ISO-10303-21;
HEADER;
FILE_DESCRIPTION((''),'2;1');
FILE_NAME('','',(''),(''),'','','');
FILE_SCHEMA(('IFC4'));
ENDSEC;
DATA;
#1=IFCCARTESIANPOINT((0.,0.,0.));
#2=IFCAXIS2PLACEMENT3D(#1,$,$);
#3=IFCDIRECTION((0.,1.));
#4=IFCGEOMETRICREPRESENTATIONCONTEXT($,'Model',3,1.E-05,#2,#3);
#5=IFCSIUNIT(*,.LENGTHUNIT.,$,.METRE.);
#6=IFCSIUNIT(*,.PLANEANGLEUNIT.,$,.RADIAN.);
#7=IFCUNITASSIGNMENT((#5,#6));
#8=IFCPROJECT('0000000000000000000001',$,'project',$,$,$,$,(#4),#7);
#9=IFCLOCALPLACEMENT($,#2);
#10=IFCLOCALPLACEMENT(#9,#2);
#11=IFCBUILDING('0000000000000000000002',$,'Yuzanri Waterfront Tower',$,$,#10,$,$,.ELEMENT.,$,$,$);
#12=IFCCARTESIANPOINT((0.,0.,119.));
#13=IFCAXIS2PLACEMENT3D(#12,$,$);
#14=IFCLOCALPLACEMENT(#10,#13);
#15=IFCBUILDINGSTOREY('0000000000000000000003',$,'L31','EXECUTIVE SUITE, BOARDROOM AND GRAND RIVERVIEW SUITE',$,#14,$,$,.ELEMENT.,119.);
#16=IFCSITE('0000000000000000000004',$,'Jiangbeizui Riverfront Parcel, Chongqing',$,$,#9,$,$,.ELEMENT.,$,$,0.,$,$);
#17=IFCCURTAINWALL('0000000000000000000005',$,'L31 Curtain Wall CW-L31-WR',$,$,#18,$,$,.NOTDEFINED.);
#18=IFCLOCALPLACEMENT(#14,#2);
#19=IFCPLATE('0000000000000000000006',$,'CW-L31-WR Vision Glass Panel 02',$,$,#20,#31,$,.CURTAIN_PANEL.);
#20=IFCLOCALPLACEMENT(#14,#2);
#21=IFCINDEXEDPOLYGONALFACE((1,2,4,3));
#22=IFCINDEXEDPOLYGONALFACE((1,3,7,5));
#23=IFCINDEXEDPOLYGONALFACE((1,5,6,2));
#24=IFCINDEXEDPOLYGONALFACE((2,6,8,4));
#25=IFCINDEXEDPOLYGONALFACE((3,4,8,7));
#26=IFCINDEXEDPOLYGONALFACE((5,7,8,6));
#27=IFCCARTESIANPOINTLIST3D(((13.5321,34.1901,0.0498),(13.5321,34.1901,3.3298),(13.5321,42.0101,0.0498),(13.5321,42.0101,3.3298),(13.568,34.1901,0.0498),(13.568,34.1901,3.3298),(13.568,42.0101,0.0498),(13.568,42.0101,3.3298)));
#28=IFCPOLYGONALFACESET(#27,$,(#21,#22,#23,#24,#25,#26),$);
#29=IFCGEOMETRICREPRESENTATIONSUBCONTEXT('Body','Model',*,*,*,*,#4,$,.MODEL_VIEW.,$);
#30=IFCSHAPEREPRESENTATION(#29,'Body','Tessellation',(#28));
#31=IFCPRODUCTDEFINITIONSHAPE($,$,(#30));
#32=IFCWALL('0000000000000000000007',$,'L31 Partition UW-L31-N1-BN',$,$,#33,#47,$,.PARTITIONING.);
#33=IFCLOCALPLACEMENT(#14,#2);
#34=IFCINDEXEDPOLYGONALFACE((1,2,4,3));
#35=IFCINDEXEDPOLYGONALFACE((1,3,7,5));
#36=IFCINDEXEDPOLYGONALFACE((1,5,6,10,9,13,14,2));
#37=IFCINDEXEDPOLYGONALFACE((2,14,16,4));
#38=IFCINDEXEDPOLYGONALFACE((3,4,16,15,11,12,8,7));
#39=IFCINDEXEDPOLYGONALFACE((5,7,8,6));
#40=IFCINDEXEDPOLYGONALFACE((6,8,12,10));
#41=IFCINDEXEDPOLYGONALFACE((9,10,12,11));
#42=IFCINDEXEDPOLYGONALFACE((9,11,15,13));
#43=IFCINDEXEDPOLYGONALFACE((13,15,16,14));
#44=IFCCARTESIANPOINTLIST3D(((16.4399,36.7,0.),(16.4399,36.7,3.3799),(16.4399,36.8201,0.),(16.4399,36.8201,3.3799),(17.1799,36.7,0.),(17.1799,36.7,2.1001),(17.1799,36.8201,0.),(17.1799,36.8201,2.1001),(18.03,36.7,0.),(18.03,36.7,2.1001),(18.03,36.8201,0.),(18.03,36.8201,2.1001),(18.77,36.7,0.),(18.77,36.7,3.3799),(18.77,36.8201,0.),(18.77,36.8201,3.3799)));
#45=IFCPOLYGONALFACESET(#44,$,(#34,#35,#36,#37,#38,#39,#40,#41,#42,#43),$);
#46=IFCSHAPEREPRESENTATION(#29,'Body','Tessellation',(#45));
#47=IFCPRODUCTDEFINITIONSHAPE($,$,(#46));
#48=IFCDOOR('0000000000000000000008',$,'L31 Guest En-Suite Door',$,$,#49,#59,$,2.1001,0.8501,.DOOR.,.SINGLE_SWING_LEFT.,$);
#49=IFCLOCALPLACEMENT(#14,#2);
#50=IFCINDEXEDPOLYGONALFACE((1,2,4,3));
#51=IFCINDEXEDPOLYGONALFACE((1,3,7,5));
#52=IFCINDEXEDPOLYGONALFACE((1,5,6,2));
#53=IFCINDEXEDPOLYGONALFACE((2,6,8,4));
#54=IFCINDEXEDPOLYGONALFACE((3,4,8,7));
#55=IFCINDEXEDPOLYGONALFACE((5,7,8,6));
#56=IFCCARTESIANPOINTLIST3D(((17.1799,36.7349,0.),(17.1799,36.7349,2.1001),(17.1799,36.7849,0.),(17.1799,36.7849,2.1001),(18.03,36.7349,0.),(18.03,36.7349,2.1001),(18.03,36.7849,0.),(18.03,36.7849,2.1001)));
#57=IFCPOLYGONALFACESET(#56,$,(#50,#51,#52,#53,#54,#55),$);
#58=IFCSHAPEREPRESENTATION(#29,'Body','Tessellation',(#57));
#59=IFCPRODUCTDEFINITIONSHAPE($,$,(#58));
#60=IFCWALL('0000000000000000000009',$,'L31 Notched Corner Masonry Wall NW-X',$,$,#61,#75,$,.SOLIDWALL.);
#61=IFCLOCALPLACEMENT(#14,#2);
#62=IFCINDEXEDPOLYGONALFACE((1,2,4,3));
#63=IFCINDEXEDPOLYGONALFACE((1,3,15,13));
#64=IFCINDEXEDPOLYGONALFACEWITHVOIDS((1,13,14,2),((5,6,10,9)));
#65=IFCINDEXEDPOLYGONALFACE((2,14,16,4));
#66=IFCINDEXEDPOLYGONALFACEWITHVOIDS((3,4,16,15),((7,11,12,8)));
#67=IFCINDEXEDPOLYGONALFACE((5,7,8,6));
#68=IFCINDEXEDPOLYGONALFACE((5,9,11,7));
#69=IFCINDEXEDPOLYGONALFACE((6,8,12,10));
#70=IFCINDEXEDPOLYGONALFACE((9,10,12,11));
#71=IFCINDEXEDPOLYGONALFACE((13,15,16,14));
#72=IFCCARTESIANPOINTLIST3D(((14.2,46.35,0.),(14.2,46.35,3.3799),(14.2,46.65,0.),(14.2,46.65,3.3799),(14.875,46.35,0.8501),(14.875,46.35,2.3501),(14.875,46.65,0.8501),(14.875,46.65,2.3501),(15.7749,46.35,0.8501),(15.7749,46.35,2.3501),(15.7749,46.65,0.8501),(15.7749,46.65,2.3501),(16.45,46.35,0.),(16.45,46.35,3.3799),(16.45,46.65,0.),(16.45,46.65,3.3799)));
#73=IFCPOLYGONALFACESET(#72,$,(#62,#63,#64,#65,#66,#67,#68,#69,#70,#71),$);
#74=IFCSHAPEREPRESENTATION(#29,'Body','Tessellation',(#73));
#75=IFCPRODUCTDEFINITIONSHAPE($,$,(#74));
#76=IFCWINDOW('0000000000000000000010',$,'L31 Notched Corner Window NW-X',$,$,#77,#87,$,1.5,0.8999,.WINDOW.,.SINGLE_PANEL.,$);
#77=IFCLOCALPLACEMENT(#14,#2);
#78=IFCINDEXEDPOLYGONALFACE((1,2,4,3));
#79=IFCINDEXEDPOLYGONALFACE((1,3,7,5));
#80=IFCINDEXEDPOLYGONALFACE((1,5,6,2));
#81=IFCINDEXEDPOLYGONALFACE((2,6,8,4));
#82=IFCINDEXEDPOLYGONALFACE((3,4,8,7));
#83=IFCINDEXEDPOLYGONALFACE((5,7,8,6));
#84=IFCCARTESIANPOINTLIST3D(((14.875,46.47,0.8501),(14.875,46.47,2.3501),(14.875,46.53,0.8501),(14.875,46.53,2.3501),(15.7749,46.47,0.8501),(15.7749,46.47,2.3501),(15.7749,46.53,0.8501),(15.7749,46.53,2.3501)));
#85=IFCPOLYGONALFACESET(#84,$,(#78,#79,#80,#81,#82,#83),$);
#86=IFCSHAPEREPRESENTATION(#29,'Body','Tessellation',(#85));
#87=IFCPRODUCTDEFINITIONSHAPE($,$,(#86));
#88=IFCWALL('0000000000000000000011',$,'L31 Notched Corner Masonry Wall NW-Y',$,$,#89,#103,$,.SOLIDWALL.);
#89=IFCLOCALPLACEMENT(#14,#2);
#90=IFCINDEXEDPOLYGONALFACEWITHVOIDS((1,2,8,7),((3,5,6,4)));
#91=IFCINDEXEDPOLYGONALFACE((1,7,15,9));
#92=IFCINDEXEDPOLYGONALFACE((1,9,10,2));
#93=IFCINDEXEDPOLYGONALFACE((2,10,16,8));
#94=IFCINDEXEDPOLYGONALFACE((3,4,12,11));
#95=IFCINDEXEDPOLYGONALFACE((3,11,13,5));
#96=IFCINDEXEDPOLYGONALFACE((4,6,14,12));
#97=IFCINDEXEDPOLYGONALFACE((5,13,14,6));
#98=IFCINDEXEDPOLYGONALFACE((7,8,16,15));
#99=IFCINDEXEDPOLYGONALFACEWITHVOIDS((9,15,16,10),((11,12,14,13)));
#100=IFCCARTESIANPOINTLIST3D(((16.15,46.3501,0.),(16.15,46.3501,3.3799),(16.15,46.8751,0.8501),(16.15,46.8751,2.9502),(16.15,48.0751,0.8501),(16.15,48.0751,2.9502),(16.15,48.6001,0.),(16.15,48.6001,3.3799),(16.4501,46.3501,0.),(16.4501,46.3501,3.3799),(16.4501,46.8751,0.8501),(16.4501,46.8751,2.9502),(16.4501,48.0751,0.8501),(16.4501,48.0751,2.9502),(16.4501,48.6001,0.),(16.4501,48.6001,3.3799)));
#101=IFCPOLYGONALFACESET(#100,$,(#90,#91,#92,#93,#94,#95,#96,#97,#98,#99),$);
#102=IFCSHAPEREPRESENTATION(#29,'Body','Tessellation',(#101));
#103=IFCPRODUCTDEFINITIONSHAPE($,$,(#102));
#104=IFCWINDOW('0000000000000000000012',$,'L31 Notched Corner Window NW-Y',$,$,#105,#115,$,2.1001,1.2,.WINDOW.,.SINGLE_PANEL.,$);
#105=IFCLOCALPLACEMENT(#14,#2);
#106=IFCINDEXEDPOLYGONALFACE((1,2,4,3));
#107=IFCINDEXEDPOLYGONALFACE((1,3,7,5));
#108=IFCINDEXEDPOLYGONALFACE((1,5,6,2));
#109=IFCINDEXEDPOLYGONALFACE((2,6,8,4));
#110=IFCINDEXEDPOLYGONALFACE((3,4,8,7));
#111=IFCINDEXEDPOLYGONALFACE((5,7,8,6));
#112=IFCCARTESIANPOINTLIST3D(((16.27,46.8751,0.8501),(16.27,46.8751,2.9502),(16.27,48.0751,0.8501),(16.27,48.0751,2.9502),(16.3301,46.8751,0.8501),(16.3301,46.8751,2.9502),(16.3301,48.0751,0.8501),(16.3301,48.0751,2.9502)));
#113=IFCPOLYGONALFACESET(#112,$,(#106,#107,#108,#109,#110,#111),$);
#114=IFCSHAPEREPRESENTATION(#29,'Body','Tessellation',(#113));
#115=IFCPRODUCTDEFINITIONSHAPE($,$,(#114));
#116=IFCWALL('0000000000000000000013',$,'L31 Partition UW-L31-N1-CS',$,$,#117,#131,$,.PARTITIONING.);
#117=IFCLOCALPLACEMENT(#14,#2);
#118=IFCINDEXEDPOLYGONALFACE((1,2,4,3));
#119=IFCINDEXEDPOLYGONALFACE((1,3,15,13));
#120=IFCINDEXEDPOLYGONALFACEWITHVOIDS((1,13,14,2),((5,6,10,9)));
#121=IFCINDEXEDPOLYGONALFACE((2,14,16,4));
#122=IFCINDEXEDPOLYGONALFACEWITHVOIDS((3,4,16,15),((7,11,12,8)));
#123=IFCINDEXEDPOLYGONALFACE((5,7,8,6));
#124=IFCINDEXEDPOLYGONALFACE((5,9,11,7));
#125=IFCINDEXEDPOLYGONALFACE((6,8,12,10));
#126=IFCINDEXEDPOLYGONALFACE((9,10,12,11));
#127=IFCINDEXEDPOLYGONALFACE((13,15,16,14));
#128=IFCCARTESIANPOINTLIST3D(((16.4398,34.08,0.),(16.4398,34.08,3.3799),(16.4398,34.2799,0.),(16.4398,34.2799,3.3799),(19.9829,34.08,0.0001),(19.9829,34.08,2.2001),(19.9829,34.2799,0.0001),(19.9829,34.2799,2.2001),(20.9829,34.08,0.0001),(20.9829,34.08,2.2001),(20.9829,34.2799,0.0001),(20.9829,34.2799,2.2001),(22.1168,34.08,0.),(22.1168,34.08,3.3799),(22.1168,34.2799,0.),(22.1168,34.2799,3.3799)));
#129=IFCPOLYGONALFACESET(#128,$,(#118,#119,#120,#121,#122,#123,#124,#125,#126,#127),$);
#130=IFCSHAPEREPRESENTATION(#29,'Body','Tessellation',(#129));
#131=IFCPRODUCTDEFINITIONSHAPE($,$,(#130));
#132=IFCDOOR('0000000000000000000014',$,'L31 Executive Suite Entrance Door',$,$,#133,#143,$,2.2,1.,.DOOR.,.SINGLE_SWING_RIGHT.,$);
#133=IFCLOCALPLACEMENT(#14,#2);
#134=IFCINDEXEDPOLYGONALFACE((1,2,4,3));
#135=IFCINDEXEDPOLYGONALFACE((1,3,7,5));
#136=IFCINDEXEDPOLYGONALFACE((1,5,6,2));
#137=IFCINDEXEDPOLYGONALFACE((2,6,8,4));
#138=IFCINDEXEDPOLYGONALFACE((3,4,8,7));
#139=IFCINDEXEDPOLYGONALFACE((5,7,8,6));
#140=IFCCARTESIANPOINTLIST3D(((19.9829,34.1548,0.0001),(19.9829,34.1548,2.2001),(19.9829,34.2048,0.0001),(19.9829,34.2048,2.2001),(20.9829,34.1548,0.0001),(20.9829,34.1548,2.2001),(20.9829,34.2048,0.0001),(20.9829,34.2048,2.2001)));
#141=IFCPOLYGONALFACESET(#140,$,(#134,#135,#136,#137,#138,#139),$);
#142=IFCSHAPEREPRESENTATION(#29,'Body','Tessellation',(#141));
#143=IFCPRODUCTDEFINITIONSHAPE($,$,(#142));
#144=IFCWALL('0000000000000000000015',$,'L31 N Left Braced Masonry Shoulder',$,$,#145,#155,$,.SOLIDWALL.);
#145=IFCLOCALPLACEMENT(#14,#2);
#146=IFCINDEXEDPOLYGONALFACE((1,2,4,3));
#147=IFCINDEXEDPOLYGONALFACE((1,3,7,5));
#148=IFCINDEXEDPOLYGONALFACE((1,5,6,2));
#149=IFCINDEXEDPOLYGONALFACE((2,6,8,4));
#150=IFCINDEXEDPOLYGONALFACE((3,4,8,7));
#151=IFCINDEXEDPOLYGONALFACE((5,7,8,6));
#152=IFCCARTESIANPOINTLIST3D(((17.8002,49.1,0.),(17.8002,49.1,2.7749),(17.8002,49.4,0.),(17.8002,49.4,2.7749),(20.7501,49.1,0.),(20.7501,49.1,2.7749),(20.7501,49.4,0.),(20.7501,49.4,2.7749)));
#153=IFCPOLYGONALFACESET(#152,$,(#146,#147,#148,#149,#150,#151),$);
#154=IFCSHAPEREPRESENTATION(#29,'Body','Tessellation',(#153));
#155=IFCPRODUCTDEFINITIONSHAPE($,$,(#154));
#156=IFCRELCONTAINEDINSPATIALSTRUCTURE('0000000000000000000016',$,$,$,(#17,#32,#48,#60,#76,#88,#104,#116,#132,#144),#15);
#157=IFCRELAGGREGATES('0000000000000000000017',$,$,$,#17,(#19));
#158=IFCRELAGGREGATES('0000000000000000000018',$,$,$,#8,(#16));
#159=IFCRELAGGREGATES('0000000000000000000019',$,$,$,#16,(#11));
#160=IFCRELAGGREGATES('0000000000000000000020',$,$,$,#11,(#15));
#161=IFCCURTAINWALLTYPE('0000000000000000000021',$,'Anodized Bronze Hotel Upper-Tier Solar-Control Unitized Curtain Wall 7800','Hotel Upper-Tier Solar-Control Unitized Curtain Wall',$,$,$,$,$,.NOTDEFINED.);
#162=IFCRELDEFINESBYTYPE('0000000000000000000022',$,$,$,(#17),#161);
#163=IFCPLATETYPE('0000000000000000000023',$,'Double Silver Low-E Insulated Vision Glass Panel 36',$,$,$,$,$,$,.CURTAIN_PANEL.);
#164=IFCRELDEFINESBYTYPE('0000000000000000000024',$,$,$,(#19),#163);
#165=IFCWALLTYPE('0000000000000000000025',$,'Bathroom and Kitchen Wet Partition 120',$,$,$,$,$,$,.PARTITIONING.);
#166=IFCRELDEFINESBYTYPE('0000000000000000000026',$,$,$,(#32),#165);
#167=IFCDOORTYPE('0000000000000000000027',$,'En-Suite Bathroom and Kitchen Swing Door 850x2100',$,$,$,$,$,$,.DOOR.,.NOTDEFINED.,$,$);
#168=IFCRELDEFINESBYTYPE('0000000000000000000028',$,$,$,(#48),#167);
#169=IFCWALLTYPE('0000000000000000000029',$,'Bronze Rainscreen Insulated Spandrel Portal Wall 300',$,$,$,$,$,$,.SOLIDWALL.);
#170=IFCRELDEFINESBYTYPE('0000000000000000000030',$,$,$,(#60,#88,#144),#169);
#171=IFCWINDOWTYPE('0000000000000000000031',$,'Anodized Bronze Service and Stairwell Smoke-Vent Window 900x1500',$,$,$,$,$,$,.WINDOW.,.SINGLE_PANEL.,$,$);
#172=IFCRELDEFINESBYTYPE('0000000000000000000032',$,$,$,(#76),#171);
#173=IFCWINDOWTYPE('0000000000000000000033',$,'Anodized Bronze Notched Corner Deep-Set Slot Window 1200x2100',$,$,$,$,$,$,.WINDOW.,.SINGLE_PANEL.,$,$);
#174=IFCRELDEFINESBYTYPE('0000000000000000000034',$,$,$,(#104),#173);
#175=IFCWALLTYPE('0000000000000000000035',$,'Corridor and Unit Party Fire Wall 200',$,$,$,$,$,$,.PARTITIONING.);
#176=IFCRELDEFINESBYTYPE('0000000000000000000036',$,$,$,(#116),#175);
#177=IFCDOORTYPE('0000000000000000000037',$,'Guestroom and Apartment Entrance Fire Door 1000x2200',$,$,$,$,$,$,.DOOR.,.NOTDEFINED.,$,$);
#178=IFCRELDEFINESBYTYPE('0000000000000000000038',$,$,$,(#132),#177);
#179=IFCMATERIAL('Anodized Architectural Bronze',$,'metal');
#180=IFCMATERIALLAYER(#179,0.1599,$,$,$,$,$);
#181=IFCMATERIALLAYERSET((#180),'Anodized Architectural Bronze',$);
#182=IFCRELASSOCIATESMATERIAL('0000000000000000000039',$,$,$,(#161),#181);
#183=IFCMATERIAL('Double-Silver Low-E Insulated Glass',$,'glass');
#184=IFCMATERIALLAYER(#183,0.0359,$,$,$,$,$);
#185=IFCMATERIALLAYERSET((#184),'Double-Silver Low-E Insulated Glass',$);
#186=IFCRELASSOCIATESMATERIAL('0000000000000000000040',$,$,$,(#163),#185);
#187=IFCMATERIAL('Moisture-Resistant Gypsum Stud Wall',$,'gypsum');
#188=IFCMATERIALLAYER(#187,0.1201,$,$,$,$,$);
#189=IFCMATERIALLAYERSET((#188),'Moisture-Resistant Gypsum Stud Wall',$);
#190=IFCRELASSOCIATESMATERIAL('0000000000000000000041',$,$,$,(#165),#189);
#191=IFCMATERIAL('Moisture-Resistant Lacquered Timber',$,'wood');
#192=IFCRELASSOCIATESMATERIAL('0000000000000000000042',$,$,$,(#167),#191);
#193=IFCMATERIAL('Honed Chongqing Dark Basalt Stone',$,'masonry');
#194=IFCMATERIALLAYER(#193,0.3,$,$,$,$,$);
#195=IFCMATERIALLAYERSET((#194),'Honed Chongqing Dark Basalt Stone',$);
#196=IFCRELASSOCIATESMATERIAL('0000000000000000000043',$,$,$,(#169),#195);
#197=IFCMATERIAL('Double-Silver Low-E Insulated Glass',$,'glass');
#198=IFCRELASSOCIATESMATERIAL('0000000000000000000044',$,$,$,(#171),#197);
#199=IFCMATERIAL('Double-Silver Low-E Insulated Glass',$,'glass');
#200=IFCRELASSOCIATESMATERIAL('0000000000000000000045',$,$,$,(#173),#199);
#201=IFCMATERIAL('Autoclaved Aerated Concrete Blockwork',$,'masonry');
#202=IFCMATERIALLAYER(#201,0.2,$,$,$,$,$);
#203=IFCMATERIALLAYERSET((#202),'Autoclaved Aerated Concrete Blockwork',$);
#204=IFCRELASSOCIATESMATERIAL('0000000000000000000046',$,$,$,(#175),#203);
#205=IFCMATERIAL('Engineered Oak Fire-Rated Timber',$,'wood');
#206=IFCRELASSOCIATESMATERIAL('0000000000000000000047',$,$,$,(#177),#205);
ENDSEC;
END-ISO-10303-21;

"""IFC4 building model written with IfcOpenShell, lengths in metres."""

from ifc_helpers import new_model, si_unit, direction, frame, frame_2d, origin, origin_2d, place, context, subcontext, project, spatial, rectangle, extrude, source, transform, mapped, material, layer, layer_set, type_object, element, fill, aggregate, save


model = new_model("IFC4")

# Units and contexts
model_context = context("Model", 3, precision=1e-05, world=origin(), true_north=direction((0.0, 1.0)))
body_context = subcontext(model_context, "Body", "Model", "MODEL_VIEW")
ifc_project = project(units=[si_unit("LENGTHUNIT", "METRE"), si_unit("PLANEANGLEUNIT", "RADIAN")], contexts=[model_context])

# Site, building, storey
site_placement = place(None, origin())
site = spatial("IfcSite", under=ifc_project, at=site_placement, Name="Jiangbeizui Riverfront Parcel, Chongqing", CompositionType="ELEMENT", RefElevation=0.0)
building_placement = place(site_placement, origin())
building = spatial("IfcBuilding", under=site, at=building_placement, Name="Yuzanri Waterfront Tower", CompositionType="ELEMENT")
storey_placement = place(building_placement, frame((0.0, 0.0, 119.0)))
storey = spatial("IfcBuildingStorey", under=building, at=storey_placement, Name="L31", Description="EXECUTIVE SUITE, BOARDROOM AND GRAND RIVERVIEW SUITE", CompositionType="ELEMENT", Elevation=119.0)

# Curtain wall
ifc_material_1 = material(Name="Anodized Architectural Bronze", Category="metal")
ifc_layer_1 = layer(ifc_material_1, 0.1599)
ifc_layer_set_1 = layer_set([ifc_layer_1], Name="Anodized Architectural Bronze")
curtain_wall_type = type_object("IfcCurtainWallType", Name="Anodized Bronze Hotel Upper-Tier Solar-Control Unitized Curtain Wall 7800", Description="Hotel Upper-Tier Solar-Control Unitized Curtain Wall", PredefinedType="NOTDEFINED", material=ifc_layer_set_1)
curtain_wall_1_placement = place(storey_placement, origin())
curtain_wall_1 = element("IfcCurtainWall", 1, at=curtain_wall_1_placement, inside=storey, type_object=curtain_wall_type, Name="L31 Curtain Wall CW-L31-WR", PredefinedType="NOTDEFINED")

# Plate
ifc_material_2 = material(Name="Double-Silver Low-E Insulated Glass", Category="glass")
ifc_layer_2 = layer(ifc_material_2, 0.0359)
ifc_layer_set_2 = layer_set([ifc_layer_2], Name="Double-Silver Low-E Insulated Glass")
plate_type_1 = type_object("IfcPlateType", Name="Double Silver Low-E Insulated Vision Glass Panel 36", PredefinedType="CURTAIN_PANEL", material=ifc_layer_set_2)
shared_shape_1 = source(origin(), body_context, "Body", "SweptSolid", [
    extrude(rectangle(XDim=7.8201, YDim=0.0359, at=origin_2d()), origin(), (0.0, 0.0, 1.0), 3.28),
])
plate_placement = place(storey_placement, frame((13.55, 38.1001, 0.0498), z_axis=(0.0, 0.0, 1.0), x_axis=(0.0, 1.0, 0.0)))
plate = element("IfcPlate", 2, at=plate_placement, type_object=plate_type_1, Name="CW-L31-WR Vision Glass Panel 02", PredefinedType="CURTAIN_PANEL", context=body_context, shape_type="MappedRepresentation", body=[
    mapped(shared_shape_1, transform((0.0, 0.0, 0.0), scale=1.0)),
])
aggregate(curtain_wall_1, [plate])

# Wall, opening, door
ifc_material_3 = material(Name="Moisture-Resistant Gypsum Stud Wall", Category="gypsum")
ifc_layer_3 = layer(ifc_material_3, 0.1201)
ifc_layer_set_3 = layer_set([ifc_layer_3], Name="Moisture-Resistant Gypsum Stud Wall")
wall_type_1 = type_object("IfcWallType", Name="Bathroom and Kitchen Wet Partition 120", PredefinedType="PARTITIONING", material=ifc_layer_set_3)
wall_1_placement = place(storey_placement, frame((16.4399, 36.76, 0.0), z_axis=(0.0, 0.0, 1.0), x_axis=(1.0, 0.0, 0.0)))
wall_1 = element("IfcWall", 3, at=wall_1_placement, inside=storey, type_object=wall_type_1, Name="L31 Partition UW-L31-N1-BN", PredefinedType="PARTITIONING", context=body_context, shape_type="SweptSolid", body=[
    extrude(rectangle(XDim=2.3301, YDim=0.1201, at=frame_2d((1.165, 0.0))), origin(), (0.0, 0.0, 1.0), 3.3799),
])
opening_1_placement = place(wall_1_placement, frame((0.74, 0.0, 0.0)))
opening_1 = element("IfcOpeningElement", 4, at=opening_1_placement, cuts=wall_1, PredefinedType="OPENING", context=body_context, shape_type="SweptSolid", body=[
    extrude(rectangle(XDim=0.8501, YDim=2.1001, at=frame_2d((0.425, 1.05))), frame((0.0, 0.075, 0.0), z_axis=(0.0, -1.0, 0.0), x_axis=(1.0, 0.0, 0.0)), (0.0, 0.0, 1.0), 0.1499),
])
ifc_material_4 = material(Name="Moisture-Resistant Lacquered Timber", Category="wood")
door_type_1 = type_object("IfcDoorType", Name="En-Suite Bathroom and Kitchen Swing Door 850x2100", OperationType="NOTDEFINED", PredefinedType="DOOR", material=ifc_material_4)
shared_shape_2 = source(origin(), body_context, "Body", "SweptSolid", [
    extrude(rectangle(XDim=0.8501, YDim=2.1001, at=frame_2d((0.425, 1.05))), frame((0.0, 0.0249, 0.0), z_axis=(0.0, -1.0, 0.0), x_axis=(1.0, 0.0, 0.0)), (0.0, 0.0, 1.0), 0.05),
])
door_1_placement = place(opening_1_placement, origin())
door_1 = element("IfcDoor", 5, at=door_1_placement, inside=storey, type_object=door_type_1, Name="L31 Guest En-Suite Door", OperationType="SINGLE_SWING_LEFT", OverallHeight=2.1001, OverallWidth=0.8501, PredefinedType="DOOR", context=body_context, shape_type="MappedRepresentation", body=[
    mapped(shared_shape_2, transform((0.0, 0.0, 0.0), scale=1.0)),
])
fill(opening_1, door_1)

# Walls, openings, windows
ifc_material_5 = material(Name="Honed Chongqing Dark Basalt Stone", Category="masonry")
ifc_layer_4 = layer(ifc_material_5, 0.3)
ifc_layer_set_4 = layer_set([ifc_layer_4], Name="Honed Chongqing Dark Basalt Stone")
wall_type_2 = type_object("IfcWallType", Name="Bronze Rainscreen Insulated Spandrel Portal Wall 300", PredefinedType="SOLIDWALL", material=ifc_layer_set_4)
wall_2_placement = place(storey_placement, frame((16.45, 46.5, 0.0), z_axis=(0.0, 0.0, 1.0), x_axis=(-1.0, 0.0, 0.0)))
wall_2 = element("IfcWall", 6, at=wall_2_placement, inside=storey, type_object=wall_type_2, Name="L31 Notched Corner Masonry Wall NW-X", PredefinedType="SOLIDWALL", context=body_context, shape_type="SweptSolid", body=[
    extrude(rectangle(XDim=2.25, YDim=0.3, at=frame_2d((1.125, 0.0))), origin(), (0.0, 0.0, 1.0), 3.3799),
])
opening_2_placement = place(wall_2_placement, frame((0.675, 0.0, 0.8501)))
opening_2 = element("IfcOpeningElement", 7, at=opening_2_placement, cuts=wall_2, PredefinedType="OPENING", context=body_context, shape_type="SweptSolid", body=[
    extrude(rectangle(XDim=0.8999, YDim=1.5, at=frame_2d((0.45, 0.75))), frame((0.0, 0.165, 0.0), z_axis=(0.0, -1.0, 0.0), x_axis=(1.0, 0.0, 0.0)), (0.0, 0.0, 1.0), 0.3298),
])
ifc_material_6 = material(Name="Double-Silver Low-E Insulated Glass", Category="glass")
window_type_1 = type_object("IfcWindowType", Name="Anodized Bronze Service and Stairwell Smoke-Vent Window 900x1500", PartitioningType="SINGLE_PANEL", PredefinedType="WINDOW", material=ifc_material_6)
shared_shape_3 = source(origin(), body_context, "Body", "SweptSolid", [
    extrude(rectangle(XDim=0.8999, YDim=1.5, at=frame_2d((0.45, 0.75))), frame((0.0, 0.03, 0.0), z_axis=(0.0, -1.0, 0.0), x_axis=(1.0, 0.0, 0.0)), (0.0, 0.0, 1.0), 0.0601),
])
window_1_placement = place(opening_2_placement, origin())
window_1 = element("IfcWindow", 8, at=window_1_placement, inside=storey, type_object=window_type_1, Name="L31 Notched Corner Window NW-X", OverallHeight=1.5, OverallWidth=0.8999, PartitioningType="SINGLE_PANEL", PredefinedType="WINDOW", context=body_context, shape_type="MappedRepresentation", body=[
    mapped(shared_shape_3, transform((0.0, 0.0, 0.0), scale=1.0)),
])
fill(opening_2, window_1)
wall_3_placement = place(storey_placement, frame((16.3, 48.6001, 0.0), z_axis=(0.0, 0.0, 1.0), x_axis=(0.0, -1.0, 0.0)))
wall_3 = element("IfcWall", 9, at=wall_3_placement, inside=storey, type_object=wall_type_2, Name="L31 Notched Corner Masonry Wall NW-Y", PredefinedType="SOLIDWALL", context=body_context, shape_type="SweptSolid", body=[
    extrude(rectangle(XDim=2.25, YDim=0.3, at=frame_2d((1.125, 0.0))), origin(), (0.0, 0.0, 1.0), 3.3799),
])
opening_3_placement = place(wall_3_placement, frame((0.5249, 0.0, 0.8501)))
opening_3 = element("IfcOpeningElement", 10, at=opening_3_placement, cuts=wall_3, PredefinedType="OPENING", context=body_context, shape_type="SweptSolid", body=[
    extrude(rectangle(XDim=1.2, YDim=2.1001, at=frame_2d((0.6001, 1.05))), frame((0.0, 0.165, 0.0), z_axis=(0.0, -1.0, 0.0), x_axis=(1.0, 0.0, 0.0)), (0.0, 0.0, 1.0), 0.3298),
])
ifc_material_7 = material(Name="Double-Silver Low-E Insulated Glass", Category="glass")
window_type_2 = type_object("IfcWindowType", Name="Anodized Bronze Notched Corner Deep-Set Slot Window 1200x2100", PartitioningType="SINGLE_PANEL", PredefinedType="WINDOW", material=ifc_material_7)
shared_shape_4 = source(origin(), body_context, "Body", "SweptSolid", [
    extrude(rectangle(XDim=1.2, YDim=2.1001, at=frame_2d((0.6001, 1.05))), frame((0.0, 0.03, 0.0), z_axis=(0.0, -1.0, 0.0), x_axis=(1.0, 0.0, 0.0)), (0.0, 0.0, 1.0), 0.0601),
])
window_2_placement = place(opening_3_placement, origin())
window_2 = element("IfcWindow", 11, at=window_2_placement, inside=storey, type_object=window_type_2, Name="L31 Notched Corner Window NW-Y", OverallHeight=2.1001, OverallWidth=1.2, PartitioningType="SINGLE_PANEL", PredefinedType="WINDOW", context=body_context, shape_type="MappedRepresentation", body=[
    mapped(shared_shape_4, transform((0.0, 0.0, 0.0), scale=1.0)),
])
fill(opening_3, window_2)

# Wall, opening, door
ifc_material_8 = material(Name="Autoclaved Aerated Concrete Blockwork", Category="masonry")
ifc_layer_5 = layer(ifc_material_8, 0.2)
ifc_layer_set_5 = layer_set([ifc_layer_5], Name="Autoclaved Aerated Concrete Blockwork")
wall_type_3 = type_object("IfcWallType", Name="Corridor and Unit Party Fire Wall 200", PredefinedType="PARTITIONING", material=ifc_layer_set_5)
wall_4_placement = place(storey_placement, frame((16.4399, 34.1799, 0.0), z_axis=(0.0, 0.0, 1.0), x_axis=(1.0, 0.0, 0.0)))
wall_4 = element("IfcWall", 12, at=wall_4_placement, inside=storey, type_object=wall_type_3, Name="L31 Partition UW-L31-N1-CS", PredefinedType="PARTITIONING", context=body_context, shape_type="SweptSolid", body=[
    extrude(rectangle(XDim=5.677, YDim=0.2, at=frame_2d((2.8384, 0.0))), origin(), (0.0, 0.0, 1.0), 3.3799),
])
opening_4_placement = place(wall_4_placement, frame((3.543, 0.0, 0.0)))
opening_4 = element("IfcOpeningElement", 13, at=opening_4_placement, cuts=wall_4, PredefinedType="OPENING", context=body_context, shape_type="SweptSolid", body=[
    extrude(rectangle(XDim=1.0, YDim=2.2, at=frame_2d((0.5, 1.1001))), frame((0.0, 0.1147, 0.0), z_axis=(0.0, -1.0, 0.0), x_axis=(1.0, 0.0, 0.0)), (0.0, 0.0, 1.0), 0.2297),
])
ifc_material_9 = material(Name="Engineered Oak Fire-Rated Timber", Category="wood")
door_type_2 = type_object("IfcDoorType", Name="Guestroom and Apartment Entrance Fire Door 1000x2200", OperationType="NOTDEFINED", PredefinedType="DOOR", material=ifc_material_9)
shared_shape_5 = source(origin(), body_context, "Body", "SweptSolid", [
    extrude(rectangle(XDim=1.0, YDim=2.2, at=frame_2d((0.5, 1.1001))), frame((0.0, 0.0249, 0.0), z_axis=(0.0, -1.0, 0.0), x_axis=(1.0, 0.0, 0.0)), (0.0, 0.0, 1.0), 0.05),
])
door_2_placement = place(opening_4_placement, origin())
door_2 = element("IfcDoor", 14, at=door_2_placement, inside=storey, type_object=door_type_2, Name="L31 Executive Suite Entrance Door", OperationType="SINGLE_SWING_RIGHT", OverallHeight=2.2, OverallWidth=1.0, PredefinedType="DOOR", context=body_context, shape_type="MappedRepresentation", body=[
    mapped(shared_shape_5, transform((0.0, 0.0, 0.0), scale=1.0)),
])
fill(opening_4, door_2)

# Wall
shared_shape_6 = source(origin(), body_context, "Body", "SweptSolid", [
    extrude(rectangle(XDim=2.95, YDim=0.3, at=frame_2d((1.4751, 0.0))), origin(), (0.0, 0.0, 1.0), 2.7749),
])
for number, where, z_axis, x_axis, name in (
    (15, (17.8, 49.25, 0.0), (0.0, 0.0, 1.0), (1.0, 0.0, 0.0), "L31 N Left Braced Masonry Shoulder"),
):
    element("IfcWall", number, at=place(storey_placement, frame(where, z_axis=z_axis, x_axis=x_axis)), inside=storey, type_object=wall_type_2, Name=name, PredefinedType="SOLIDWALL", context=body_context, shape_type="MappedRepresentation", body=[
        mapped(shared_shape_6, transform((0.0, 0.0, 0.0), scale=1.0)),
    ])

save(model, "model.ifc")
